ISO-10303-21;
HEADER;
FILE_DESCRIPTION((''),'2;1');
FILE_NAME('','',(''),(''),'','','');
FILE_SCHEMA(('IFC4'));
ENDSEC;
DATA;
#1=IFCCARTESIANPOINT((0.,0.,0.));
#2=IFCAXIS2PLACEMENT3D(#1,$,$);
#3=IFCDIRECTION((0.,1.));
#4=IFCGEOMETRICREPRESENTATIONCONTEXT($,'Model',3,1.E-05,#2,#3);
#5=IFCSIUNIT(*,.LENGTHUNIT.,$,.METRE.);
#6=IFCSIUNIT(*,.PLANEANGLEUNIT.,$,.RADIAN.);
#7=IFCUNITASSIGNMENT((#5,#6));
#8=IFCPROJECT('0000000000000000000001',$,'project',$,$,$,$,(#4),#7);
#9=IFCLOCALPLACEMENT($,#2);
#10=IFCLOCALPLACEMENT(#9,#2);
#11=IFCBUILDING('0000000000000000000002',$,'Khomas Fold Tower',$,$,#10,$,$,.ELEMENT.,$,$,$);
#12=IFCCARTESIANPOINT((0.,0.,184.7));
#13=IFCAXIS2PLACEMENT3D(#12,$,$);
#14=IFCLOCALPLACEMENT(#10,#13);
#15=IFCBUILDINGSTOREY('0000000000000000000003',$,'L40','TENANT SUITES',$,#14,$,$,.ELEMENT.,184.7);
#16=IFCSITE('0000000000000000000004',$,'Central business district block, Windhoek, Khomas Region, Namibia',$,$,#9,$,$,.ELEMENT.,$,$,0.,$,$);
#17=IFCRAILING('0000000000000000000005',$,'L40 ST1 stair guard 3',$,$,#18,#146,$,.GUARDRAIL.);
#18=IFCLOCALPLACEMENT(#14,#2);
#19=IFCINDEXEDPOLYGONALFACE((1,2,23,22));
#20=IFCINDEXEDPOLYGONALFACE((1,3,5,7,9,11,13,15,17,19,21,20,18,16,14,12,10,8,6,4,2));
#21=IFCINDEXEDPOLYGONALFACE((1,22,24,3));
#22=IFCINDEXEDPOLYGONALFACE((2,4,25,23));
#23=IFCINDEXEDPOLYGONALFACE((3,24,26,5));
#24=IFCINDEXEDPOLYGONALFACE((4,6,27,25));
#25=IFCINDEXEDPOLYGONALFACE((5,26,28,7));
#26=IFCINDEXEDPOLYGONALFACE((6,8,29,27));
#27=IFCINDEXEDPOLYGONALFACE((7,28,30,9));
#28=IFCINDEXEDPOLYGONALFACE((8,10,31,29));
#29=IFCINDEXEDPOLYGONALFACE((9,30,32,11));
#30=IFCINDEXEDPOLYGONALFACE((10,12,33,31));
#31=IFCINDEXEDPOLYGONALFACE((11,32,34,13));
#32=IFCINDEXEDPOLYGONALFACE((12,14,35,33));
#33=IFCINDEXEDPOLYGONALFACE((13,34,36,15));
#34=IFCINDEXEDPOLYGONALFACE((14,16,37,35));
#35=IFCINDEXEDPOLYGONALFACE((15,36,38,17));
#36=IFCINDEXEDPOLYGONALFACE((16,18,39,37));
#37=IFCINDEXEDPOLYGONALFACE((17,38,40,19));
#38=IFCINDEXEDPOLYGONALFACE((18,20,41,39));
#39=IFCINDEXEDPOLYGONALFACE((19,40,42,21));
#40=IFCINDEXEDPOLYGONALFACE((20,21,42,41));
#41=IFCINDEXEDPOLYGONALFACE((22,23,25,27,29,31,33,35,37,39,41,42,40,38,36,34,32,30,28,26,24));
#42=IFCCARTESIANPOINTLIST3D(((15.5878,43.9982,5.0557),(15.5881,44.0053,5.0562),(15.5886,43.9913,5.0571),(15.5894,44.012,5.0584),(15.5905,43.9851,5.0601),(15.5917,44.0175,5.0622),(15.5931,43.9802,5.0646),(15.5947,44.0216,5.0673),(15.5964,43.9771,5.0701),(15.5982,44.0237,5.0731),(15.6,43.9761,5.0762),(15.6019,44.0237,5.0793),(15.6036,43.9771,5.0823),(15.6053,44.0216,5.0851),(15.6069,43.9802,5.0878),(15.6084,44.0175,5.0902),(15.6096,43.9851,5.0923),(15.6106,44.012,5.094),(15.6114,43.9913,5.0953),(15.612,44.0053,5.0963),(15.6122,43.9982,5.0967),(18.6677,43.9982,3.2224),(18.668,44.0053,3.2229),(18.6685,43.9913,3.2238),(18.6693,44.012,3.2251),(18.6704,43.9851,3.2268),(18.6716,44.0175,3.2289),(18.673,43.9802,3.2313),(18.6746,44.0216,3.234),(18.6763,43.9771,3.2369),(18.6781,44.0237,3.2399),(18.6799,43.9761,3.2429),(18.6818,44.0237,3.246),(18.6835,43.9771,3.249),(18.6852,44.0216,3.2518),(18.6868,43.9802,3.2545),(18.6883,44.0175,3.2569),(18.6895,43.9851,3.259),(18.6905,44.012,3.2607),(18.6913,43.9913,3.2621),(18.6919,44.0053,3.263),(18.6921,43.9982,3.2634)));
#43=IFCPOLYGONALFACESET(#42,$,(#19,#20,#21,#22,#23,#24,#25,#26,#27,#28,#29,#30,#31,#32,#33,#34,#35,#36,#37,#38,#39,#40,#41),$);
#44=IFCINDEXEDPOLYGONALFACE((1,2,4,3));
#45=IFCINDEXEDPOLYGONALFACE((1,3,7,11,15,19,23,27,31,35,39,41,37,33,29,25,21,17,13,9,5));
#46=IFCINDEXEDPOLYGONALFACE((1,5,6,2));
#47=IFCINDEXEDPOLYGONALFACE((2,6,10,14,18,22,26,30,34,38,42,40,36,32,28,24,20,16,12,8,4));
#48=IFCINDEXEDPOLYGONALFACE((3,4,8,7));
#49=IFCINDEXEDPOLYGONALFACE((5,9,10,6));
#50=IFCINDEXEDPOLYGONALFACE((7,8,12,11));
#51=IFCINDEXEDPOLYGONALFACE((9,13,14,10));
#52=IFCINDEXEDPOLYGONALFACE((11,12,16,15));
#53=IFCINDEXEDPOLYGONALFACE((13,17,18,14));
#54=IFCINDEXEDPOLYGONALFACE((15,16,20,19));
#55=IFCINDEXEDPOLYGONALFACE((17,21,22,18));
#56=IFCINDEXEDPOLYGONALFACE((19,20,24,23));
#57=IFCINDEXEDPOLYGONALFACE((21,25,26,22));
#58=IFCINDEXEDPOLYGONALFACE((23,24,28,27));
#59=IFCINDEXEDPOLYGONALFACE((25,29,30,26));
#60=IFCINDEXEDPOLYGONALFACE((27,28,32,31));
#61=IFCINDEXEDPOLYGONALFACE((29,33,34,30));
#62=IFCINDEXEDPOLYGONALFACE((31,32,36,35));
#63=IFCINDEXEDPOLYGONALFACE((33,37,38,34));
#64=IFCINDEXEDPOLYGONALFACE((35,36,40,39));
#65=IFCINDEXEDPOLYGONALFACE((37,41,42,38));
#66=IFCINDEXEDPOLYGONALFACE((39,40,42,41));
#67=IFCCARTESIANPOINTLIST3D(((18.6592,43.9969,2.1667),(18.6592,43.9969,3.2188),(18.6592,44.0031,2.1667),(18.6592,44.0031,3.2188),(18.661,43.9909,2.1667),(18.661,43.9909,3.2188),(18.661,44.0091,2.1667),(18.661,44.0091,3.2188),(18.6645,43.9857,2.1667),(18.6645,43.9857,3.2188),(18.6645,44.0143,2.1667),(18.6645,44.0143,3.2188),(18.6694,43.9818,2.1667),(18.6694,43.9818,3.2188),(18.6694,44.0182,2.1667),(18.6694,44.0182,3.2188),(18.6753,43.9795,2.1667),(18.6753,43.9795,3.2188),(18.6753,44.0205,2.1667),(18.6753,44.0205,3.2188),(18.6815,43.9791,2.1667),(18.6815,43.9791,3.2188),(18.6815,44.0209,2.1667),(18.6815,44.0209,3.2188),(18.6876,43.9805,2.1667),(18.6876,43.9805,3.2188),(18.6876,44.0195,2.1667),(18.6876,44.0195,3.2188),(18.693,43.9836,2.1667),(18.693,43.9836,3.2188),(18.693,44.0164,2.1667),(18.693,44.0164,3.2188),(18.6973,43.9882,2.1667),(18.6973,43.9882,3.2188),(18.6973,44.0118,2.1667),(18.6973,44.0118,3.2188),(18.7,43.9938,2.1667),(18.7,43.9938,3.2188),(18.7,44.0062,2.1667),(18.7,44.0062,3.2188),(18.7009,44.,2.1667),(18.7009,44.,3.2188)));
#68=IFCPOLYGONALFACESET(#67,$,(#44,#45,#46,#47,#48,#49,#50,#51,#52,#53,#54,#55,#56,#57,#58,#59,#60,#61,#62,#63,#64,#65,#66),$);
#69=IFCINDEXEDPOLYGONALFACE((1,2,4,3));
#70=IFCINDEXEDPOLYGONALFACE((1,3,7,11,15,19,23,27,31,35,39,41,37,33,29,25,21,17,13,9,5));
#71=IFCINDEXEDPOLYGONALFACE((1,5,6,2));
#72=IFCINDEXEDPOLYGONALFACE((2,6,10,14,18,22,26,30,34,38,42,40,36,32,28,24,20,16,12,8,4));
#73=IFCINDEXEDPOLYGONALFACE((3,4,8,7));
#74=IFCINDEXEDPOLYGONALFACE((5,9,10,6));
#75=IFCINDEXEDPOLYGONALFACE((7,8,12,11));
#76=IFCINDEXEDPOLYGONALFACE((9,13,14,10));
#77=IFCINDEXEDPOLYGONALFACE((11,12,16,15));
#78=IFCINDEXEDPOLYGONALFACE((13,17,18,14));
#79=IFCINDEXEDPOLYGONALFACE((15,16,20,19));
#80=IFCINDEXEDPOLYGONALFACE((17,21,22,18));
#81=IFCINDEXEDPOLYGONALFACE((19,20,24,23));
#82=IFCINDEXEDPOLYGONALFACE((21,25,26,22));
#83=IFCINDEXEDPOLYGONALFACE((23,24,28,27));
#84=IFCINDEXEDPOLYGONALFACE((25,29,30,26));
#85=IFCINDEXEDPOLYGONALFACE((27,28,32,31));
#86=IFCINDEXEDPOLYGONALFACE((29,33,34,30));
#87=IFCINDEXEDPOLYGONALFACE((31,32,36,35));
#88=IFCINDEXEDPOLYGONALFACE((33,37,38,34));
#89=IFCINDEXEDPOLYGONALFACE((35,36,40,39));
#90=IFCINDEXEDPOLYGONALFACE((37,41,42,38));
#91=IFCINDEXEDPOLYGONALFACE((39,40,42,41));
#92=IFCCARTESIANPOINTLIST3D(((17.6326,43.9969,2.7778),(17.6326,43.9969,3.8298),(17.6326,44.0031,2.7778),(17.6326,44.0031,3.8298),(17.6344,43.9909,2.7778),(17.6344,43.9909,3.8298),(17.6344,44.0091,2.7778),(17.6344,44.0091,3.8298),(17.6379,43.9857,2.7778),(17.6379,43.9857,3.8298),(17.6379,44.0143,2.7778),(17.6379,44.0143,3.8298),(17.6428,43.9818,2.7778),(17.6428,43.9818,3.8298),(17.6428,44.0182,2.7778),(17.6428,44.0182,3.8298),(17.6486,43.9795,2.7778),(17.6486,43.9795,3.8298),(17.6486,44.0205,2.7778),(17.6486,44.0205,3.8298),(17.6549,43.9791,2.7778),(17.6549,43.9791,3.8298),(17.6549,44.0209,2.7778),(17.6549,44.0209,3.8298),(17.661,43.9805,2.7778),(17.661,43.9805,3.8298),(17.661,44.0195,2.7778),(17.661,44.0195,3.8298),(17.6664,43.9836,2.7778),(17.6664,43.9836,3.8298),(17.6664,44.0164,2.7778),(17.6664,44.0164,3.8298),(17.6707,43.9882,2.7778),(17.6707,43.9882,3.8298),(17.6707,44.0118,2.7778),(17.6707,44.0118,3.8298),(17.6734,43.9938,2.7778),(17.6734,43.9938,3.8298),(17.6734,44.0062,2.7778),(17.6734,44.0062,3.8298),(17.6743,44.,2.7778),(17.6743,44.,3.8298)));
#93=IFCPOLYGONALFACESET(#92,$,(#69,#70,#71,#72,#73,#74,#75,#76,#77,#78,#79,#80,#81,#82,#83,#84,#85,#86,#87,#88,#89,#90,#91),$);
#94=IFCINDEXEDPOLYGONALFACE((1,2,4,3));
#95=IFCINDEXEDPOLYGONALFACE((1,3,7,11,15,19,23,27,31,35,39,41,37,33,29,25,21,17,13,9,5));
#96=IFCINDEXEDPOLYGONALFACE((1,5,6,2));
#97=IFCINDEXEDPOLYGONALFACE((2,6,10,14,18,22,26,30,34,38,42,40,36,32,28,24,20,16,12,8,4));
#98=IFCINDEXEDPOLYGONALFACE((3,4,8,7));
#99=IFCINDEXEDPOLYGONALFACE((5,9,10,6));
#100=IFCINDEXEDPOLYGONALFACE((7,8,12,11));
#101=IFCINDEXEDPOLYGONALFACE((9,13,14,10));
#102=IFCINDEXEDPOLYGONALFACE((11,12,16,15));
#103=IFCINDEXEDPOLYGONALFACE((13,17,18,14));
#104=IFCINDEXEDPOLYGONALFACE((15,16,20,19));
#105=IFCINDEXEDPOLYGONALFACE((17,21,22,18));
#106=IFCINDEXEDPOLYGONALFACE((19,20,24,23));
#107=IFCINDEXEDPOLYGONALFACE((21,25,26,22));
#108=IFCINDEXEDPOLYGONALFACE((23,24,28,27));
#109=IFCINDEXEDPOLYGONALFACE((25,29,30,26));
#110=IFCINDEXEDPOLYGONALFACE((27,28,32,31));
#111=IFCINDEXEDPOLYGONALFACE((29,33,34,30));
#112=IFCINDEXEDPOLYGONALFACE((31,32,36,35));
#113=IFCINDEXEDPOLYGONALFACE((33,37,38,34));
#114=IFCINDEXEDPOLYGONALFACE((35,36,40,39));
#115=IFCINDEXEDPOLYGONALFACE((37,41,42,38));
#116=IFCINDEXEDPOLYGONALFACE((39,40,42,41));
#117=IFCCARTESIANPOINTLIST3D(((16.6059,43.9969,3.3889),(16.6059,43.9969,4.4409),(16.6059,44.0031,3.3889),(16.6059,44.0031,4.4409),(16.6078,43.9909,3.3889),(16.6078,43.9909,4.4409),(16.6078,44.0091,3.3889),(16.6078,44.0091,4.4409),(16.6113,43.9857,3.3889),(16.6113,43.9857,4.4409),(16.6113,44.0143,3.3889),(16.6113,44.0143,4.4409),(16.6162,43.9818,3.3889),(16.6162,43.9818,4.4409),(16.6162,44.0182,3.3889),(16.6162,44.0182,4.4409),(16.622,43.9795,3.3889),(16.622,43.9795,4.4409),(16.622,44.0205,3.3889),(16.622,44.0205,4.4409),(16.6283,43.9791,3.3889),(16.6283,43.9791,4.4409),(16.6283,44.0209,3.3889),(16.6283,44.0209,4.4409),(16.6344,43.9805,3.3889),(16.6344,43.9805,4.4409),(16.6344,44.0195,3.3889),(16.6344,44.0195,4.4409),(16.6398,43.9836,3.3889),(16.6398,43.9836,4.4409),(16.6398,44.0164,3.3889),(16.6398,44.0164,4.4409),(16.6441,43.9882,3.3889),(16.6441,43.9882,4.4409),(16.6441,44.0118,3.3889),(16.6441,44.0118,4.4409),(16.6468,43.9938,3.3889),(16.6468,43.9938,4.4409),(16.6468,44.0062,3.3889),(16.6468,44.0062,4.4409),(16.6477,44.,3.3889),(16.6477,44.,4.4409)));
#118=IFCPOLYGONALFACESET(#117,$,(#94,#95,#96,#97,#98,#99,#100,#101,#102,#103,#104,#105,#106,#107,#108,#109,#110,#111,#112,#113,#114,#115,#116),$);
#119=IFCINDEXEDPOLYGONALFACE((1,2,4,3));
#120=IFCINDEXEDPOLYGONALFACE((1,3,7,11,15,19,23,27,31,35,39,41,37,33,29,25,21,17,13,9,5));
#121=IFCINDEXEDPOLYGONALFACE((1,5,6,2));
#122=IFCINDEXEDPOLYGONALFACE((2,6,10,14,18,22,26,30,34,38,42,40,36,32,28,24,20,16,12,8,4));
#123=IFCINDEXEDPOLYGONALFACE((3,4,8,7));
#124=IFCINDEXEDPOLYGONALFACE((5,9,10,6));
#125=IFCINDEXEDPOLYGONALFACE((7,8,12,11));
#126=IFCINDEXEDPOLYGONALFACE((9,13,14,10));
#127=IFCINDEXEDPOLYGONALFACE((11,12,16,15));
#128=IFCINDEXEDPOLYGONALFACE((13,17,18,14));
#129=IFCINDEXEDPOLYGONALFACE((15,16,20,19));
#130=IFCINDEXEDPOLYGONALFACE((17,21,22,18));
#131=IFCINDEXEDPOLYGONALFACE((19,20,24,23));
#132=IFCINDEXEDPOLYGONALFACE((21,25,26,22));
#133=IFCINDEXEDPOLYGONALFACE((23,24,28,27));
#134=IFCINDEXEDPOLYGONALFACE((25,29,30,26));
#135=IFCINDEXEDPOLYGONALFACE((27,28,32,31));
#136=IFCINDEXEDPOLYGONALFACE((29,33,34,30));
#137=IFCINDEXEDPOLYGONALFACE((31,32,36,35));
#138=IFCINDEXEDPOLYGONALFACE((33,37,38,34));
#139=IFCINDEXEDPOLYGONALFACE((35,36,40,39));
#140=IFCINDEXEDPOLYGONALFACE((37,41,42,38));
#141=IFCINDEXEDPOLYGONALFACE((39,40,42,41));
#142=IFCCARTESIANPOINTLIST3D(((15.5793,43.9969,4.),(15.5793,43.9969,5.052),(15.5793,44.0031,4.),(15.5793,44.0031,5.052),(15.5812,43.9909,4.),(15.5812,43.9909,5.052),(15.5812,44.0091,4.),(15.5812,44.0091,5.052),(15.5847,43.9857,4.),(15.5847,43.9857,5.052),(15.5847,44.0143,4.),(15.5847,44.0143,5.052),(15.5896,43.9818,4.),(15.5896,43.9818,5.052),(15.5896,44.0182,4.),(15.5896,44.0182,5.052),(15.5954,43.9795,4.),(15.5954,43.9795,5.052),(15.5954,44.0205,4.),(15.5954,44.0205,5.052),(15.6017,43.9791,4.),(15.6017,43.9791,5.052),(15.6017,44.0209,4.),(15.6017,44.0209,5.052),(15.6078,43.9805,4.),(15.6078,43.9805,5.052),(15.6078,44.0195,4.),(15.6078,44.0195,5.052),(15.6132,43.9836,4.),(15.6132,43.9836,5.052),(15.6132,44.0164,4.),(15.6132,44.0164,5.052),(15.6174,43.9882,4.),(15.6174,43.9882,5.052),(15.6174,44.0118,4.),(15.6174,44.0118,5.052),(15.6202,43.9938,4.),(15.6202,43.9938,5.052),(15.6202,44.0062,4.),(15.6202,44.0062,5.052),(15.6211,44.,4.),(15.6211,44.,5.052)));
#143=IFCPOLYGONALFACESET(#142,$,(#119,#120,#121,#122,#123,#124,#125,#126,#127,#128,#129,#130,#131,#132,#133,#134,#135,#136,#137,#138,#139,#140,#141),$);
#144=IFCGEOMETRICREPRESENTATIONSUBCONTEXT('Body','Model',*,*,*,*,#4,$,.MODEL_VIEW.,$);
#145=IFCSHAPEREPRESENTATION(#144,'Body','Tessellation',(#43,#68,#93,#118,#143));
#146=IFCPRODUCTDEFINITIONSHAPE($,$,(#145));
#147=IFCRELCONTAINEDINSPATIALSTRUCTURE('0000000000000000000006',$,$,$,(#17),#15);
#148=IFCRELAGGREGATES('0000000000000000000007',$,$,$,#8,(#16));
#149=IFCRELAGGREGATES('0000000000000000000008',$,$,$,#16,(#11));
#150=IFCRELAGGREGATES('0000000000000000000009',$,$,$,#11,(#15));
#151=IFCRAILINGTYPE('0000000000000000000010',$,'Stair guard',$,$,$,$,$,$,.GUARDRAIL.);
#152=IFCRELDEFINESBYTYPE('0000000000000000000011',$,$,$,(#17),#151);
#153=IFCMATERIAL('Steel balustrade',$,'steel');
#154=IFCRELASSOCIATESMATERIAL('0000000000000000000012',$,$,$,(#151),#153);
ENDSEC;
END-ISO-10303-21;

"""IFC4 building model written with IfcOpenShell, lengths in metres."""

from ifc_helpers import new_model, si_unit, direction, frame, origin, origin_2d, place, context, subcontext, project, spatial, circle, extrude, source, transform, mapped, material, type_object, element, save


model = new_model("IFC4")

# Units and contexts
model_context = context("Model", 3, precision=1e-05, world=origin(), true_north=direction((0.0, 1.0)))
body_context = subcontext(model_context, "Body", "Model", "MODEL_VIEW")
ifc_project = project(units=[si_unit("LENGTHUNIT", "METRE"), si_unit("PLANEANGLEUNIT", "RADIAN")], contexts=[model_context])

# Site, building, storey
site_placement = place(None, origin())
site = spatial("IfcSite", under=ifc_project, at=site_placement, Name="Central business district block, Windhoek, Khomas Region, Namibia", CompositionType="ELEMENT", RefElevation=0.0)
building_placement = place(site_placement, origin())
building = spatial("IfcBuilding", under=site, at=building_placement, Name="Khomas Fold Tower", CompositionType="ELEMENT")
storey_placement = place(building_placement, frame((0.0, 0.0, 184.7)))
storey = spatial("IfcBuildingStorey", under=building, at=storey_placement, Name="L40", Description="TENANT SUITES", CompositionType="ELEMENT", Elevation=184.7)

# Railing
ifc_material_1 = material(Name="Steel balustrade", Category="steel")
railing_type_1 = type_object("IfcRailingType", Name="Stair guard", PredefinedType="GUARDRAIL", material=ifc_material_1)
shared_shape_1 = source(origin(), body_context, "Body", "SweptSolid", [
    extrude(circle(Radius=0.0239, at=origin_2d()), frame((0.0, 0.0, 1.0762), z_axis=(-0.859291, 0.0, 0.511487), x_axis=(0.0, -1.0, 0.0)), (0.0, 0.0, 1.0), 3.5842),
    extrude(circle(Radius=0.021, at=origin_2d()), origin(), (0.0, 0.0, 1.0), 1.052),
    extrude(circle(Radius=0.021, at=origin_2d()), frame((-1.0266, 0.0, 0.6111)), (0.0, 0.0, 1.0), 1.052),
    extrude(circle(Radius=0.021, at=origin_2d()), frame((-2.0532, 0.0, 1.2222)), (0.0, 0.0, 1.0), 1.052),
    extrude(circle(Radius=0.021, at=origin_2d()), frame((-3.0798, 0.0, 1.8333)), (0.0, 0.0, 1.0), 1.052),
])
railing_1_placement = place(storey_placement, frame((18.6799, 44.0, 2.1667)))
element("IfcRailing", 1, at=railing_1_placement, inside=storey, type_object=railing_type_1, Name="L40 ST1 stair guard 3", PredefinedType="GUARDRAIL", context=body_context, shape_type="MappedRepresentation", body=[
    mapped(shared_shape_1, transform((0.0, 0.0, 0.0))),
])

save(model, "model.ifc")
